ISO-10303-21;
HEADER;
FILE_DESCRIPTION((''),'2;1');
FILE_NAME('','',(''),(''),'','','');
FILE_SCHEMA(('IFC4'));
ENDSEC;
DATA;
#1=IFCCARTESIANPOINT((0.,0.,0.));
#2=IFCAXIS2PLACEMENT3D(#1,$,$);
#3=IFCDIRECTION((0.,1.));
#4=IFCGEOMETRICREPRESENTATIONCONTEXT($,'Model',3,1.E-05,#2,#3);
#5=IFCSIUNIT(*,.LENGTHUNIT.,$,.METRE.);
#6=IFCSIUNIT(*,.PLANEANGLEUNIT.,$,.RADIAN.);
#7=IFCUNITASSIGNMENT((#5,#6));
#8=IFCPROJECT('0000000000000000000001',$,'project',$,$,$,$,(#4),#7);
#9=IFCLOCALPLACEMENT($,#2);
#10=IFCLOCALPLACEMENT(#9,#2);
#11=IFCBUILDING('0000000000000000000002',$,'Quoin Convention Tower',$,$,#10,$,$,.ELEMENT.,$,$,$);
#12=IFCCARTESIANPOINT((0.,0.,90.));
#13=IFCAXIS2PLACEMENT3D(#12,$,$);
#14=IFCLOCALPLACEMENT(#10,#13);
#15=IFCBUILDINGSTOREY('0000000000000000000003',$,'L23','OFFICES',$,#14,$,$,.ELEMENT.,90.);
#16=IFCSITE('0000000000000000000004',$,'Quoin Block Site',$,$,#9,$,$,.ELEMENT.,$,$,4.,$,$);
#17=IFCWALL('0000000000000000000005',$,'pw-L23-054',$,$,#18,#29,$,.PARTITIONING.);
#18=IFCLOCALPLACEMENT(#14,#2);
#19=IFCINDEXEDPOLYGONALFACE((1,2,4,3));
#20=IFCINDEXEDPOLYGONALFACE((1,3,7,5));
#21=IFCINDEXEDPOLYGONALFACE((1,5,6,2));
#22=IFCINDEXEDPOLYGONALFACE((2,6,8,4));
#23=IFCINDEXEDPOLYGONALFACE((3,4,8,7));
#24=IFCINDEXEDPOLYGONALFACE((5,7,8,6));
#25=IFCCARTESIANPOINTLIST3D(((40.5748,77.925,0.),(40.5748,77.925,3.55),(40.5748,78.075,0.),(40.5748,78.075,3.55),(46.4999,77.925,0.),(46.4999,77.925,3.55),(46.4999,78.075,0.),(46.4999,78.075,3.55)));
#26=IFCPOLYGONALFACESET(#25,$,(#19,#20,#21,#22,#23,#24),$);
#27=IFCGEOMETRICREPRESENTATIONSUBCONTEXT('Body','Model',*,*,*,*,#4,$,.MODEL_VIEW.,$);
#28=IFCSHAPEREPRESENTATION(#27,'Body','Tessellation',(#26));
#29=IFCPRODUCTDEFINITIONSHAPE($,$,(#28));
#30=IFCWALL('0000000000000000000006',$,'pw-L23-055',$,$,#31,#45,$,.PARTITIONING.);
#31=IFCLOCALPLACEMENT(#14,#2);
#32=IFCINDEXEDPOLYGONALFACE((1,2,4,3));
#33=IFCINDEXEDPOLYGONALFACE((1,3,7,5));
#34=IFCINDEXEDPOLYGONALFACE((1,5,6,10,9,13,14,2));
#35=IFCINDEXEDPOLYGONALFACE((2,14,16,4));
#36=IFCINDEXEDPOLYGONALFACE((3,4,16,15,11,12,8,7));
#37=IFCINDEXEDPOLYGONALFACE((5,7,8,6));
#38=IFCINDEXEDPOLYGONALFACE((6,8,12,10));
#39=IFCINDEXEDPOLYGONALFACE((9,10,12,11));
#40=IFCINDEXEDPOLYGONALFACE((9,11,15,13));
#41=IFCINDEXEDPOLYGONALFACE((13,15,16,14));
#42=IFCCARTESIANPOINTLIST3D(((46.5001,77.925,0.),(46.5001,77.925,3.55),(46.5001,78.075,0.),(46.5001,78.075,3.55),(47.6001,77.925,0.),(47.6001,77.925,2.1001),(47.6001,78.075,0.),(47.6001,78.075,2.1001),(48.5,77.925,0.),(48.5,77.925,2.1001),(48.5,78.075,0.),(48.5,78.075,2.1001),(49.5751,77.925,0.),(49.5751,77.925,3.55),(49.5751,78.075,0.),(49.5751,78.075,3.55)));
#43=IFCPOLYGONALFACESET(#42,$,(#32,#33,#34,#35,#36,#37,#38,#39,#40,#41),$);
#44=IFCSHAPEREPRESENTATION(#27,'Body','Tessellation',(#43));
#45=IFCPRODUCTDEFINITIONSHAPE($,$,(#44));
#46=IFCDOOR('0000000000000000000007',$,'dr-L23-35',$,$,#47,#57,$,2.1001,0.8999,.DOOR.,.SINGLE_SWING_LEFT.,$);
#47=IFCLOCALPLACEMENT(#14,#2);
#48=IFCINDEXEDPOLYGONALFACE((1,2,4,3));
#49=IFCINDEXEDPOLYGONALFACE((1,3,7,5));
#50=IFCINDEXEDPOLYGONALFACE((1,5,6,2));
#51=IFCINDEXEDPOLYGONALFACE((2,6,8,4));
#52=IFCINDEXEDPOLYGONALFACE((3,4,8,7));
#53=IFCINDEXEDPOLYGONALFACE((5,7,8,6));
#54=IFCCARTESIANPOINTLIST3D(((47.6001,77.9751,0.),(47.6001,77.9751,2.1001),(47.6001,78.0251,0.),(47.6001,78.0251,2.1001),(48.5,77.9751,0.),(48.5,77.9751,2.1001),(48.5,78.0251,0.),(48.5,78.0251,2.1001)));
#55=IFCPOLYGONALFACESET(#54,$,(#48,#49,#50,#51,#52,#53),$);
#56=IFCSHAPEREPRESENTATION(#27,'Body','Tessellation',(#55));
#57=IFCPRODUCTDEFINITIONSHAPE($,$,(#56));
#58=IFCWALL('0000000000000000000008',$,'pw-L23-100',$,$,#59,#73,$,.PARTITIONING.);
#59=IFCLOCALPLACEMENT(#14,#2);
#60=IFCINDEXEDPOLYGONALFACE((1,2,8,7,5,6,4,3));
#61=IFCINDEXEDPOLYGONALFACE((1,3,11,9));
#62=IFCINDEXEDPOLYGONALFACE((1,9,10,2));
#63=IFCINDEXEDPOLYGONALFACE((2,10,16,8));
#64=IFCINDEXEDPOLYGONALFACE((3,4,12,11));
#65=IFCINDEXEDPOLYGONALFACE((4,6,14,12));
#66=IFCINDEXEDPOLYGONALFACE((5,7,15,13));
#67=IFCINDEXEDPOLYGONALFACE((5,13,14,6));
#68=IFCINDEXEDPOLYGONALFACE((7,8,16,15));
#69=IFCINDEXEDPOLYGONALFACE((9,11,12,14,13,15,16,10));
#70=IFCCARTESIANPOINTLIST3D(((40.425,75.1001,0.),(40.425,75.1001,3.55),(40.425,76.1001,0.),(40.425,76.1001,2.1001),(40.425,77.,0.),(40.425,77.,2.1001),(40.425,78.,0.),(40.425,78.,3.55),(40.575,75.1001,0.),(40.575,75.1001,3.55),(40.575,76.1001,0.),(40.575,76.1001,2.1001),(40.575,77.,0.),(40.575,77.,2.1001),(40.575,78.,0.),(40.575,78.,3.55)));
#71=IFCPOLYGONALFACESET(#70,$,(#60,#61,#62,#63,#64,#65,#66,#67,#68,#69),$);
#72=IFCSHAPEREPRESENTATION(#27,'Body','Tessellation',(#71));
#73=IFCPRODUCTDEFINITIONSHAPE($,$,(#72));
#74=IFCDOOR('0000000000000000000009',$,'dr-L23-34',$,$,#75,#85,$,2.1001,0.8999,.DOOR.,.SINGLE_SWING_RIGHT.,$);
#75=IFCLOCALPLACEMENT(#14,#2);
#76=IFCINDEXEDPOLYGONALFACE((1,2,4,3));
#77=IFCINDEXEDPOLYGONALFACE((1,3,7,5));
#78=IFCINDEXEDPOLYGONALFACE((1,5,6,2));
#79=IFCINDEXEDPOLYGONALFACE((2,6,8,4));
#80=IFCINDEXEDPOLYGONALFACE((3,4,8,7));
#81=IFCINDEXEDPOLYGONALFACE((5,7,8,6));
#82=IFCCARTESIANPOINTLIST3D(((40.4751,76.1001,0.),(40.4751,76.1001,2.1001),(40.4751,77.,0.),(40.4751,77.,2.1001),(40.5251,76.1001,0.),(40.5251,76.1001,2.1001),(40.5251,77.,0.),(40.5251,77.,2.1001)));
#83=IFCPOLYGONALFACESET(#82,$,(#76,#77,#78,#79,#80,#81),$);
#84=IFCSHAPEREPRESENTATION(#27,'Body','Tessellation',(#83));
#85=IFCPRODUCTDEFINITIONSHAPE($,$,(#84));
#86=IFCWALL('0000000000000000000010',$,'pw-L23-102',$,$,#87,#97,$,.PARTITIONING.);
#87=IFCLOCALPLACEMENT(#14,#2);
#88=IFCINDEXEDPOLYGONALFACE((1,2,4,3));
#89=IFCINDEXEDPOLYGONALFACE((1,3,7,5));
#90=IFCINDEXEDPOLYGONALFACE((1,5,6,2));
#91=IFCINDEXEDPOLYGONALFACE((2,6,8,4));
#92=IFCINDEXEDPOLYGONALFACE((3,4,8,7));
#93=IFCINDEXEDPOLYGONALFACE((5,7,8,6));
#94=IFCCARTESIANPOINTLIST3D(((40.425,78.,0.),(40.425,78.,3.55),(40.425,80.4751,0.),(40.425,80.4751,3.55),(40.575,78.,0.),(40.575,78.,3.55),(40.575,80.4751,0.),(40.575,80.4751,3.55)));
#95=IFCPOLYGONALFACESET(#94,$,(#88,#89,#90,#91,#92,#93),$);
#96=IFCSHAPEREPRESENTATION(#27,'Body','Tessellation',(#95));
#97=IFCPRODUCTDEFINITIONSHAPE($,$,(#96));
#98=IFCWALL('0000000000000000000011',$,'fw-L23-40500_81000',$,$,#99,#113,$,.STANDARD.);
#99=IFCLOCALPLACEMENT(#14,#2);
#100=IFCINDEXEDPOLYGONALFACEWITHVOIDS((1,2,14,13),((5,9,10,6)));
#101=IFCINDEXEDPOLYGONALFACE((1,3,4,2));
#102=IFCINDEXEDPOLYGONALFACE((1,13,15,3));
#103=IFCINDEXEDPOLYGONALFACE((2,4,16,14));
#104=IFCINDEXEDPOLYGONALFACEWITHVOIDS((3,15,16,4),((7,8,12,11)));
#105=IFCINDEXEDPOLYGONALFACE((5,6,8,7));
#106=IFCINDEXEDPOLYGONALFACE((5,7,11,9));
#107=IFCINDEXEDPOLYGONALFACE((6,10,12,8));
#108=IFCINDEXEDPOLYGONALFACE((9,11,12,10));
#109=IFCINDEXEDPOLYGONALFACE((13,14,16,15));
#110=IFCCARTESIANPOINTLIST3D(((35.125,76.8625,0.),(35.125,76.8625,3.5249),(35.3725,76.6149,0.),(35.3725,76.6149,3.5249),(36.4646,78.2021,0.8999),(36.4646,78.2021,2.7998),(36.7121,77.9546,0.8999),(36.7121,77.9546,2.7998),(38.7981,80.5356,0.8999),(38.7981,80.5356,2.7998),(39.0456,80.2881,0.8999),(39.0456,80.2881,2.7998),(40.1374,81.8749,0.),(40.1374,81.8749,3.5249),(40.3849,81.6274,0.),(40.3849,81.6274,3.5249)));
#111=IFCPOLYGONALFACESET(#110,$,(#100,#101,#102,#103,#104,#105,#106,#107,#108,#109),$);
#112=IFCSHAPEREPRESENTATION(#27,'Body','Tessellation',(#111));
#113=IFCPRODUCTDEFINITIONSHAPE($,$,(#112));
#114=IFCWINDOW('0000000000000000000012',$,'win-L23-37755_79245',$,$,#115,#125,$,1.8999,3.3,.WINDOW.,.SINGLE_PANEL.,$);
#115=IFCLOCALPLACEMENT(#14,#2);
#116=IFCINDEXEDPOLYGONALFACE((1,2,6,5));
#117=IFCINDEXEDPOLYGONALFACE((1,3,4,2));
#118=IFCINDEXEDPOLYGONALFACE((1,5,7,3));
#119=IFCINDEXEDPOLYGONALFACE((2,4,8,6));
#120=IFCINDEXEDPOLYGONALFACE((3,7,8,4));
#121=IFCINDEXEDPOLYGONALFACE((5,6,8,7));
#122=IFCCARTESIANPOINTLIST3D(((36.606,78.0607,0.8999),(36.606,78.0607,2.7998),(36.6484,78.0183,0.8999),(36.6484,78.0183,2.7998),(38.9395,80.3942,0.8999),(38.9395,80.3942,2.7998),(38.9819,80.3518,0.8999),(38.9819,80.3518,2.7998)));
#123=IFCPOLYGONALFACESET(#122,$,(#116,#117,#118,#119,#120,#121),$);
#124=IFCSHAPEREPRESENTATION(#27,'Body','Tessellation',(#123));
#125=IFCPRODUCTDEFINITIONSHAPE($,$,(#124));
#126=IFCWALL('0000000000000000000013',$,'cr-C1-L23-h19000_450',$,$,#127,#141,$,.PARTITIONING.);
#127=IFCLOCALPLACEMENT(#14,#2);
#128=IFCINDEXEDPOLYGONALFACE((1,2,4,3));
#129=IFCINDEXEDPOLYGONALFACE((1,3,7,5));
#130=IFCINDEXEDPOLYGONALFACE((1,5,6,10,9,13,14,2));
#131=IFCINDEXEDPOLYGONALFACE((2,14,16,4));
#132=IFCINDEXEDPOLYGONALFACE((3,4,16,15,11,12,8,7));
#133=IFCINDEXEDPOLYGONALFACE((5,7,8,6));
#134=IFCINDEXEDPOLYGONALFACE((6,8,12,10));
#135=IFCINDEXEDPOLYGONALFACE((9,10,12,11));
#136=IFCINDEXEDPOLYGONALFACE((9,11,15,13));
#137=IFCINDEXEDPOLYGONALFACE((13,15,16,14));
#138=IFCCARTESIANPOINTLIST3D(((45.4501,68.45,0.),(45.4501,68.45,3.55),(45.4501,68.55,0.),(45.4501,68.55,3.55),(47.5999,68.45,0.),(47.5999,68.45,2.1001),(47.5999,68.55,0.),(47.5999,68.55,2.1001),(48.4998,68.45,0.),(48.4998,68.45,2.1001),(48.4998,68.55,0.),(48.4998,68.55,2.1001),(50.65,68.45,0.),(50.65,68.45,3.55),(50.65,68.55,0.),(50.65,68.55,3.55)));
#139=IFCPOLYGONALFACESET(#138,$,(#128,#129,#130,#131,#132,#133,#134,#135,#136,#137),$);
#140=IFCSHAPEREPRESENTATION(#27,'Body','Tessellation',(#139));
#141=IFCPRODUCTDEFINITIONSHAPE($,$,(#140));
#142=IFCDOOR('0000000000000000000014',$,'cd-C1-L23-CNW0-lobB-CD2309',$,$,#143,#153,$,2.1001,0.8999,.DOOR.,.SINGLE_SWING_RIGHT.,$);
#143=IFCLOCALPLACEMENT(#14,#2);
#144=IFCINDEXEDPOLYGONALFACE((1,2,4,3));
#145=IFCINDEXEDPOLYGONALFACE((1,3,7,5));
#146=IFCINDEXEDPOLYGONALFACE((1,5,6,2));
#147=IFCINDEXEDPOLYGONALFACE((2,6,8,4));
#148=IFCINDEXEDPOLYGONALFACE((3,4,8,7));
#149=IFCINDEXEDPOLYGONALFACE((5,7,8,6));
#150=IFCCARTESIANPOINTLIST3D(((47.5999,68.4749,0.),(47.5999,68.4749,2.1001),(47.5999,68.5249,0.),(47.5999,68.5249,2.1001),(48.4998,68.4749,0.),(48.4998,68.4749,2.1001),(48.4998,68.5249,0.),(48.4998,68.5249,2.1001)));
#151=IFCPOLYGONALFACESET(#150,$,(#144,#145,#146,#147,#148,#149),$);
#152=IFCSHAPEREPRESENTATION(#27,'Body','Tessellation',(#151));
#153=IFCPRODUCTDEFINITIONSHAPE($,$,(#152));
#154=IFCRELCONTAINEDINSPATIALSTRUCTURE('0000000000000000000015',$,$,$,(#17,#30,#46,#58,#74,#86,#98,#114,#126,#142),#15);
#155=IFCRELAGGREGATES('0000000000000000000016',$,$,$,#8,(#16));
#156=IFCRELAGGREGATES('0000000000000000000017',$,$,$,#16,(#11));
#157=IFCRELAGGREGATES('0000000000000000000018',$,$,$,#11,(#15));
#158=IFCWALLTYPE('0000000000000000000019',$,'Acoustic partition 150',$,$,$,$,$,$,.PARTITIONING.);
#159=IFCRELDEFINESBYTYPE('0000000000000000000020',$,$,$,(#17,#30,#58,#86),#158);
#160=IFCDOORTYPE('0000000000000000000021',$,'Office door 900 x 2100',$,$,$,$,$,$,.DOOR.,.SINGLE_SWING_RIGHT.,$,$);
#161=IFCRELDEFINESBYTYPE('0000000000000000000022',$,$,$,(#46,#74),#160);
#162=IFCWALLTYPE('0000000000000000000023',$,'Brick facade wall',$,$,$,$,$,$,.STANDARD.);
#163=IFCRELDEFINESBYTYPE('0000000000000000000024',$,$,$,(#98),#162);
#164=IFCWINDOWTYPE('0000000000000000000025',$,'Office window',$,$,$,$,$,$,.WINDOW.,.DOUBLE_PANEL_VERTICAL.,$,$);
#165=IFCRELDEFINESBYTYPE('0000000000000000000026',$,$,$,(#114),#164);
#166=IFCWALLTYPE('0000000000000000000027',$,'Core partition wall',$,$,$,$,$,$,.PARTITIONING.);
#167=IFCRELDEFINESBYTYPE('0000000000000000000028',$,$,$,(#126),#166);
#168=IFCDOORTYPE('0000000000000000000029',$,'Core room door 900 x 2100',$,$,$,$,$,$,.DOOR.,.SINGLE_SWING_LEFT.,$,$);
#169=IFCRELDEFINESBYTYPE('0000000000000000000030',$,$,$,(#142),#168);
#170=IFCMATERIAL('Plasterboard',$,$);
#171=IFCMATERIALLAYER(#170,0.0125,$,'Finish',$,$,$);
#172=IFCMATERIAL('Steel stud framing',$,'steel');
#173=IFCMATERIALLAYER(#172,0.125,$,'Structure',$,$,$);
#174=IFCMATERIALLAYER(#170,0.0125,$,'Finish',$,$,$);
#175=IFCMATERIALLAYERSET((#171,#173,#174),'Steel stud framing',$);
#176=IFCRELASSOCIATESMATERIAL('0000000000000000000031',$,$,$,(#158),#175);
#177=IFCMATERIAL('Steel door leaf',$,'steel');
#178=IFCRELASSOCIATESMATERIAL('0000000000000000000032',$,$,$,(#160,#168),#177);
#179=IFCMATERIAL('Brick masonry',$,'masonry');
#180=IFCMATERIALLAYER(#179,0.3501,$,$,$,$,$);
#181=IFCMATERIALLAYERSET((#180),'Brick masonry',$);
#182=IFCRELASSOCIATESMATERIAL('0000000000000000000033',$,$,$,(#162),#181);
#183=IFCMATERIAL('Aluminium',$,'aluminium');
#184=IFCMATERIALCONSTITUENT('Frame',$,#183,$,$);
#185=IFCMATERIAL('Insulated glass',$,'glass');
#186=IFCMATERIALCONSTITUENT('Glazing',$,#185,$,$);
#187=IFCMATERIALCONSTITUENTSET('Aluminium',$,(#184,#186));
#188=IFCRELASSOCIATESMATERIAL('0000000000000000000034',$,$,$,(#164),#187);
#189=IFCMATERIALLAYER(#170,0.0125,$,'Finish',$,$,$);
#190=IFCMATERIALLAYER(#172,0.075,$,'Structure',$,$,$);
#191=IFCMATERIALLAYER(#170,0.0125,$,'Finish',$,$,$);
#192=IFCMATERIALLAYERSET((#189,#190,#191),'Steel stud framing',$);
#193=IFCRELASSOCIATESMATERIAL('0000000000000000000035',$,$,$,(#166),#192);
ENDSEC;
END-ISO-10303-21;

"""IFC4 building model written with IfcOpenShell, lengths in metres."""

from ifc_helpers import new_model, si_unit, direction, frame, frame_2d, origin, place, context, subcontext, project, spatial, rectangle, extrude, material, layer, layer_set, constituent, constituent_set, type_object, element, fill, save


model = new_model("IFC4")

# Units and contexts
model_context = context("Model", 3, precision=1e-05, world=origin(), true_north=direction((0.0, 1.0)))
body_context = subcontext(model_context, "Body", "Model", "MODEL_VIEW")
ifc_project = project(units=[si_unit("LENGTHUNIT", "METRE"), si_unit("PLANEANGLEUNIT", "RADIAN")], contexts=[model_context])

# Site, building, storey
site_placement = place(None, origin())
site = spatial("IfcSite", under=ifc_project, at=site_placement, Name="Quoin Block Site", CompositionType="ELEMENT", RefElevation=4.0)
building_placement = place(site_placement, origin())
building = spatial("IfcBuilding", under=site, at=building_placement, Name="Quoin Convention Tower", CompositionType="ELEMENT")
storey_placement = place(building_placement, frame((0.0, 0.0, 90.0)))
storey = spatial("IfcBuildingStorey", under=building, at=storey_placement, Name="L23", Description="OFFICES", CompositionType="ELEMENT", Elevation=90.0)

# Wall
ifc_material_1 = material(Name="Plasterboard")
ifc_layer_1 = layer(ifc_material_1, 0.0125, Name="Finish")
ifc_material_2 = material(Name="Steel stud framing", Category="steel")
ifc_layer_2 = layer(ifc_material_2, 0.125, Name="Structure")
ifc_layer_3 = layer(ifc_material_1, 0.0125, Name="Finish")
ifc_layer_set_1 = layer_set([ifc_layer_1, ifc_layer_2, ifc_layer_3], Name="Steel stud framing")
wall_type_1 = type_object("IfcWallType", Name="Acoustic partition 150", PredefinedType="PARTITIONING", material=ifc_layer_set_1)
wall_1_placement = place(storey_placement, frame((40.575, 78.0, 0.0), z_axis=(0.0, 0.0, 1.0), x_axis=(1.0, 0.0, 0.0)))
element("IfcWall", 1, at=wall_1_placement, inside=storey, type_object=wall_type_1, Name="pw-L23-054", PredefinedType="PARTITIONING", context=body_context, shape_type="SweptSolid", body=[
    extrude(rectangle(XDim=5.925, YDim=0.1499, at=frame_2d((2.9624, 0.0))), origin(), (0.0, 0.0, 1.0), 3.55),
])

# Walls, openings, doors
wall_2_placement = place(storey_placement, frame((46.5, 78.0, 0.0), z_axis=(0.0, 0.0, 1.0), x_axis=(1.0, 0.0, 0.0)))
wall_2 = element("IfcWall", 2, at=wall_2_placement, inside=storey, type_object=wall_type_1, Name="pw-L23-055", PredefinedType="PARTITIONING", context=body_context, shape_type="SweptSolid", body=[
    extrude(rectangle(XDim=3.075, YDim=0.1499, at=frame_2d((1.5376, 0.0))), origin(), (0.0, 0.0, 1.0), 3.55),
])
opening_1_placement = place(wall_2_placement, frame((1.1001, 0.0, 0.0)))
opening_1 = element("IfcOpeningElement", 3, at=opening_1_placement, cuts=wall_2, PredefinedType="OPENING", context=body_context, shape_type="SweptSolid", body=[
    extrude(rectangle(XDim=0.8999, YDim=2.1001, at=frame_2d((0.45, 1.05))), frame((0.0, 0.085, 0.0), z_axis=(0.0, -1.0, 0.0), x_axis=(1.0, 0.0, 0.0)), (0.0, 0.0, 1.0), 0.1699),
])
ifc_material_3 = material(Name="Steel door leaf", Category="steel")
door_type_1 = type_object("IfcDoorType", Name="Office door 900 x 2100", OperationType="SINGLE_SWING_RIGHT", PredefinedType="DOOR", material=ifc_material_3)
door_1_placement = place(opening_1_placement, frame((0.8999, 0.0, 0.0), z_axis=(0.0, 0.0, 1.0), x_axis=(-1.0, 0.0, 0.0)))
door_1 = element("IfcDoor", 4, at=door_1_placement, inside=storey, type_object=door_type_1, Name="dr-L23-35", OperationType="SINGLE_SWING_LEFT", OverallHeight=2.1001, OverallWidth=0.8999, PredefinedType="DOOR", context=body_context, shape_type="SweptSolid", body=[
    extrude(rectangle(XDim=0.8999, YDim=2.1001, at=frame_2d((0.45, 1.05))), frame((0.0, 0.0249, 0.0), z_axis=(0.0, -1.0, 0.0), x_axis=(1.0, 0.0, 0.0)), (0.0, 0.0, 1.0), 0.05),
])
fill(opening_1, door_1)
wall_3_placement = place(storey_placement, frame((40.5, 75.1001, 0.0), z_axis=(0.0, 0.0, 1.0), x_axis=(0.0, 1.0, 0.0)))
wall_3 = element("IfcWall", 5, at=wall_3_placement, inside=storey, type_object=wall_type_1, Name="pw-L23-100", PredefinedType="PARTITIONING", context=body_context, shape_type="SweptSolid", body=[
    extrude(rectangle(XDim=2.8999, YDim=0.1499, at=frame_2d((1.45, 0.0))), origin(), (0.0, 0.0, 1.0), 3.55),
])
opening_2_placement = place(wall_3_placement, frame((1.0, 0.0, 0.0)))
opening_2 = element("IfcOpeningElement", 6, at=opening_2_placement, cuts=wall_3, PredefinedType="OPENING", context=body_context, shape_type="SweptSolid", body=[
    extrude(rectangle(XDim=0.8999, YDim=2.1001, at=frame_2d((0.45, 1.05))), frame((0.0, 0.085, 0.0), z_axis=(0.0, -1.0, 0.0), x_axis=(1.0, 0.0, 0.0)), (0.0, 0.0, 1.0), 0.1699),
])
door_2_placement = place(opening_2_placement, origin())
door_2 = element("IfcDoor", 7, at=door_2_placement, inside=storey, type_object=door_type_1, Name="dr-L23-34", OperationType="SINGLE_SWING_RIGHT", OverallHeight=2.1001, OverallWidth=0.8999, PredefinedType="DOOR", context=body_context, shape_type="SweptSolid", body=[
    extrude(rectangle(XDim=0.8999, YDim=2.1001, at=frame_2d((0.45, 1.05))), frame((0.0, 0.0249, 0.0), z_axis=(0.0, -1.0, 0.0), x_axis=(1.0, 0.0, 0.0)), (0.0, 0.0, 1.0), 0.05),
])
fill(opening_2, door_2)

# Wall
wall_4_placement = place(storey_placement, frame((40.5, 78.0, 0.0), z_axis=(0.0, 0.0, 1.0), x_axis=(0.0, 1.0, 0.0)))
element("IfcWall", 8, at=wall_4_placement, inside=storey, type_object=wall_type_1, Name="pw-L23-102", PredefinedType="PARTITIONING", context=body_context, shape_type="SweptSolid", body=[
    extrude(rectangle(XDim=2.4751, YDim=0.1499, at=frame_2d((1.2375, 0.0))), origin(), (0.0, 0.0, 1.0), 3.55),
])

# Wall, opening, window
ifc_material_4 = material(Name="Brick masonry", Category="masonry")
ifc_layer_4 = layer(ifc_material_4, 0.3501)
ifc_layer_set_2 = layer_set([ifc_layer_4], Name="Brick masonry")
wall_type_2 = type_object("IfcWallType", Name="Brick facade wall", PredefinedType="STANDARD", material=ifc_layer_set_2)
wall_5_placement = place(storey_placement, frame((40.2612, 81.7512, 0.0), z_axis=(0.0, 0.0, 1.0), x_axis=(-0.707107, -0.707107, 0.0)))
wall_5 = element("IfcWall", 9, at=wall_5_placement, inside=storey, type_object=wall_type_2, Name="fw-L23-40500_81000", PredefinedType="STANDARD", context=body_context, shape_type="SweptSolid", body=[
    extrude(rectangle(XDim=7.0886, YDim=0.3501, at=frame_2d((3.5444, 0.0))), origin(), (0.0, 0.0, 1.0), 3.5249),
])
opening_3_placement = place(wall_5_placement, frame((1.8943, 0.0, 0.8999)))
opening_3 = element("IfcOpeningElement", 10, at=opening_3_placement, cuts=wall_5, PredefinedType="OPENING", context=body_context, shape_type="SweptSolid", body=[
    extrude(rectangle(XDim=3.3, YDim=1.8999, at=frame_2d((1.6499, 0.95))), frame((0.0, 0.1851, 0.0), z_axis=(0.0, -1.0, 0.0), x_axis=(1.0, 0.0, 0.0)), (0.0, 0.0, 1.0), 0.3701),
])
ifc_material_5 = material(Name="Aluminium", Category="aluminium")
ifc_constituent_1 = constituent(ifc_material_5, Name="Frame")
ifc_material_6 = material(Name="Insulated glass", Category="glass")
ifc_constituent_2 = constituent(ifc_material_6, Name="Glazing")
ifc_constituent_set = constituent_set(constituents=[ifc_constituent_1, ifc_constituent_2], Name="Aluminium")
window_type = type_object("IfcWindowType", Name="Office window", PartitioningType="DOUBLE_PANEL_VERTICAL", PredefinedType="WINDOW", material=ifc_constituent_set)
window_placement = place(opening_3_placement, origin())
window = element("IfcWindow", 11, at=window_placement, inside=storey, type_object=window_type, Name="win-L23-37755_79245", OverallHeight=1.8999, OverallWidth=3.3, PartitioningType="SINGLE_PANEL", PredefinedType="WINDOW", context=body_context, shape_type="SweptSolid", body=[
    extrude(rectangle(XDim=3.3, YDim=1.8999, at=frame_2d((1.6499, 0.95))), frame((0.0, 0.085, 0.0), z_axis=(0.0, -1.0, 0.0), x_axis=(1.0, 0.0, 0.0)), (0.0, 0.0, 1.0), 0.0601),
])
fill(opening_3, window)

# Wall, opening, door
ifc_layer_5 = layer(ifc_material_1, 0.0125, Name="Finish")
ifc_layer_6 = layer(ifc_material_2, 0.075, Name="Structure")
ifc_layer_7 = layer(ifc_material_1, 0.0125, Name="Finish")
ifc_layer_set_3 = layer_set([ifc_layer_5, ifc_layer_6, ifc_layer_7], Name="Steel stud framing")
wall_type_3 = type_object("IfcWallType", Name="Core partition wall", PredefinedType="PARTITIONING", material=ifc_layer_set_3)
wall_6_placement = place(storey_placement, frame((45.45, 68.5, 0.0), z_axis=(0.0, 0.0, 1.0), x_axis=(1.0, 0.0, 0.0)))
wall_6 = element("IfcWall", 12, at=wall_6_placement, inside=storey, type_object=wall_type_3, Name="cr-C1-L23-h19000_450", PredefinedType="PARTITIONING", context=body_context, shape_type="SweptSolid", body=[
    extrude(rectangle(XDim=5.2, YDim=0.1001, at=frame_2d((2.6001, 0.0))), origin(), (0.0, 0.0, 1.0), 3.55),
])
opening_4_placement = place(wall_6_placement, frame((2.1499, 0.0, 0.0)))
opening_4 = element("IfcOpeningElement", 13, at=opening_4_placement, cuts=wall_6, PredefinedType="OPENING", context=body_context, shape_type="SweptSolid", body=[
    extrude(rectangle(XDim=0.8999, YDim=2.1001, at=frame_2d((0.45, 1.05))), frame((0.0, 0.0601, 0.0), z_axis=(0.0, -1.0, 0.0), x_axis=(1.0, 0.0, 0.0)), (0.0, 0.0, 1.0), 0.1201),
])
door_type_2 = type_object("IfcDoorType", Name="Core room door 900 x 2100", OperationType="SINGLE_SWING_LEFT", PredefinedType="DOOR", material=ifc_material_3)
door_3_placement = place(opening_4_placement, origin())
door_3 = element("IfcDoor", 14, at=door_3_placement, inside=storey, type_object=door_type_2, Name="cd-C1-L23-CNW0-lobB-CD2309", OperationType="SINGLE_SWING_RIGHT", OverallHeight=2.1001, OverallWidth=0.8999, PredefinedType="DOOR", context=body_context, shape_type="SweptSolid", body=[
    extrude(rectangle(XDim=0.8999, YDim=2.1001, at=frame_2d((0.45, 1.05))), frame((0.0, 0.0249, 0.0), z_axis=(0.0, -1.0, 0.0), x_axis=(1.0, 0.0, 0.0)), (0.0, 0.0, 1.0), 0.05),
])
fill(opening_4, door_3)

save(model, "model.ifc")
